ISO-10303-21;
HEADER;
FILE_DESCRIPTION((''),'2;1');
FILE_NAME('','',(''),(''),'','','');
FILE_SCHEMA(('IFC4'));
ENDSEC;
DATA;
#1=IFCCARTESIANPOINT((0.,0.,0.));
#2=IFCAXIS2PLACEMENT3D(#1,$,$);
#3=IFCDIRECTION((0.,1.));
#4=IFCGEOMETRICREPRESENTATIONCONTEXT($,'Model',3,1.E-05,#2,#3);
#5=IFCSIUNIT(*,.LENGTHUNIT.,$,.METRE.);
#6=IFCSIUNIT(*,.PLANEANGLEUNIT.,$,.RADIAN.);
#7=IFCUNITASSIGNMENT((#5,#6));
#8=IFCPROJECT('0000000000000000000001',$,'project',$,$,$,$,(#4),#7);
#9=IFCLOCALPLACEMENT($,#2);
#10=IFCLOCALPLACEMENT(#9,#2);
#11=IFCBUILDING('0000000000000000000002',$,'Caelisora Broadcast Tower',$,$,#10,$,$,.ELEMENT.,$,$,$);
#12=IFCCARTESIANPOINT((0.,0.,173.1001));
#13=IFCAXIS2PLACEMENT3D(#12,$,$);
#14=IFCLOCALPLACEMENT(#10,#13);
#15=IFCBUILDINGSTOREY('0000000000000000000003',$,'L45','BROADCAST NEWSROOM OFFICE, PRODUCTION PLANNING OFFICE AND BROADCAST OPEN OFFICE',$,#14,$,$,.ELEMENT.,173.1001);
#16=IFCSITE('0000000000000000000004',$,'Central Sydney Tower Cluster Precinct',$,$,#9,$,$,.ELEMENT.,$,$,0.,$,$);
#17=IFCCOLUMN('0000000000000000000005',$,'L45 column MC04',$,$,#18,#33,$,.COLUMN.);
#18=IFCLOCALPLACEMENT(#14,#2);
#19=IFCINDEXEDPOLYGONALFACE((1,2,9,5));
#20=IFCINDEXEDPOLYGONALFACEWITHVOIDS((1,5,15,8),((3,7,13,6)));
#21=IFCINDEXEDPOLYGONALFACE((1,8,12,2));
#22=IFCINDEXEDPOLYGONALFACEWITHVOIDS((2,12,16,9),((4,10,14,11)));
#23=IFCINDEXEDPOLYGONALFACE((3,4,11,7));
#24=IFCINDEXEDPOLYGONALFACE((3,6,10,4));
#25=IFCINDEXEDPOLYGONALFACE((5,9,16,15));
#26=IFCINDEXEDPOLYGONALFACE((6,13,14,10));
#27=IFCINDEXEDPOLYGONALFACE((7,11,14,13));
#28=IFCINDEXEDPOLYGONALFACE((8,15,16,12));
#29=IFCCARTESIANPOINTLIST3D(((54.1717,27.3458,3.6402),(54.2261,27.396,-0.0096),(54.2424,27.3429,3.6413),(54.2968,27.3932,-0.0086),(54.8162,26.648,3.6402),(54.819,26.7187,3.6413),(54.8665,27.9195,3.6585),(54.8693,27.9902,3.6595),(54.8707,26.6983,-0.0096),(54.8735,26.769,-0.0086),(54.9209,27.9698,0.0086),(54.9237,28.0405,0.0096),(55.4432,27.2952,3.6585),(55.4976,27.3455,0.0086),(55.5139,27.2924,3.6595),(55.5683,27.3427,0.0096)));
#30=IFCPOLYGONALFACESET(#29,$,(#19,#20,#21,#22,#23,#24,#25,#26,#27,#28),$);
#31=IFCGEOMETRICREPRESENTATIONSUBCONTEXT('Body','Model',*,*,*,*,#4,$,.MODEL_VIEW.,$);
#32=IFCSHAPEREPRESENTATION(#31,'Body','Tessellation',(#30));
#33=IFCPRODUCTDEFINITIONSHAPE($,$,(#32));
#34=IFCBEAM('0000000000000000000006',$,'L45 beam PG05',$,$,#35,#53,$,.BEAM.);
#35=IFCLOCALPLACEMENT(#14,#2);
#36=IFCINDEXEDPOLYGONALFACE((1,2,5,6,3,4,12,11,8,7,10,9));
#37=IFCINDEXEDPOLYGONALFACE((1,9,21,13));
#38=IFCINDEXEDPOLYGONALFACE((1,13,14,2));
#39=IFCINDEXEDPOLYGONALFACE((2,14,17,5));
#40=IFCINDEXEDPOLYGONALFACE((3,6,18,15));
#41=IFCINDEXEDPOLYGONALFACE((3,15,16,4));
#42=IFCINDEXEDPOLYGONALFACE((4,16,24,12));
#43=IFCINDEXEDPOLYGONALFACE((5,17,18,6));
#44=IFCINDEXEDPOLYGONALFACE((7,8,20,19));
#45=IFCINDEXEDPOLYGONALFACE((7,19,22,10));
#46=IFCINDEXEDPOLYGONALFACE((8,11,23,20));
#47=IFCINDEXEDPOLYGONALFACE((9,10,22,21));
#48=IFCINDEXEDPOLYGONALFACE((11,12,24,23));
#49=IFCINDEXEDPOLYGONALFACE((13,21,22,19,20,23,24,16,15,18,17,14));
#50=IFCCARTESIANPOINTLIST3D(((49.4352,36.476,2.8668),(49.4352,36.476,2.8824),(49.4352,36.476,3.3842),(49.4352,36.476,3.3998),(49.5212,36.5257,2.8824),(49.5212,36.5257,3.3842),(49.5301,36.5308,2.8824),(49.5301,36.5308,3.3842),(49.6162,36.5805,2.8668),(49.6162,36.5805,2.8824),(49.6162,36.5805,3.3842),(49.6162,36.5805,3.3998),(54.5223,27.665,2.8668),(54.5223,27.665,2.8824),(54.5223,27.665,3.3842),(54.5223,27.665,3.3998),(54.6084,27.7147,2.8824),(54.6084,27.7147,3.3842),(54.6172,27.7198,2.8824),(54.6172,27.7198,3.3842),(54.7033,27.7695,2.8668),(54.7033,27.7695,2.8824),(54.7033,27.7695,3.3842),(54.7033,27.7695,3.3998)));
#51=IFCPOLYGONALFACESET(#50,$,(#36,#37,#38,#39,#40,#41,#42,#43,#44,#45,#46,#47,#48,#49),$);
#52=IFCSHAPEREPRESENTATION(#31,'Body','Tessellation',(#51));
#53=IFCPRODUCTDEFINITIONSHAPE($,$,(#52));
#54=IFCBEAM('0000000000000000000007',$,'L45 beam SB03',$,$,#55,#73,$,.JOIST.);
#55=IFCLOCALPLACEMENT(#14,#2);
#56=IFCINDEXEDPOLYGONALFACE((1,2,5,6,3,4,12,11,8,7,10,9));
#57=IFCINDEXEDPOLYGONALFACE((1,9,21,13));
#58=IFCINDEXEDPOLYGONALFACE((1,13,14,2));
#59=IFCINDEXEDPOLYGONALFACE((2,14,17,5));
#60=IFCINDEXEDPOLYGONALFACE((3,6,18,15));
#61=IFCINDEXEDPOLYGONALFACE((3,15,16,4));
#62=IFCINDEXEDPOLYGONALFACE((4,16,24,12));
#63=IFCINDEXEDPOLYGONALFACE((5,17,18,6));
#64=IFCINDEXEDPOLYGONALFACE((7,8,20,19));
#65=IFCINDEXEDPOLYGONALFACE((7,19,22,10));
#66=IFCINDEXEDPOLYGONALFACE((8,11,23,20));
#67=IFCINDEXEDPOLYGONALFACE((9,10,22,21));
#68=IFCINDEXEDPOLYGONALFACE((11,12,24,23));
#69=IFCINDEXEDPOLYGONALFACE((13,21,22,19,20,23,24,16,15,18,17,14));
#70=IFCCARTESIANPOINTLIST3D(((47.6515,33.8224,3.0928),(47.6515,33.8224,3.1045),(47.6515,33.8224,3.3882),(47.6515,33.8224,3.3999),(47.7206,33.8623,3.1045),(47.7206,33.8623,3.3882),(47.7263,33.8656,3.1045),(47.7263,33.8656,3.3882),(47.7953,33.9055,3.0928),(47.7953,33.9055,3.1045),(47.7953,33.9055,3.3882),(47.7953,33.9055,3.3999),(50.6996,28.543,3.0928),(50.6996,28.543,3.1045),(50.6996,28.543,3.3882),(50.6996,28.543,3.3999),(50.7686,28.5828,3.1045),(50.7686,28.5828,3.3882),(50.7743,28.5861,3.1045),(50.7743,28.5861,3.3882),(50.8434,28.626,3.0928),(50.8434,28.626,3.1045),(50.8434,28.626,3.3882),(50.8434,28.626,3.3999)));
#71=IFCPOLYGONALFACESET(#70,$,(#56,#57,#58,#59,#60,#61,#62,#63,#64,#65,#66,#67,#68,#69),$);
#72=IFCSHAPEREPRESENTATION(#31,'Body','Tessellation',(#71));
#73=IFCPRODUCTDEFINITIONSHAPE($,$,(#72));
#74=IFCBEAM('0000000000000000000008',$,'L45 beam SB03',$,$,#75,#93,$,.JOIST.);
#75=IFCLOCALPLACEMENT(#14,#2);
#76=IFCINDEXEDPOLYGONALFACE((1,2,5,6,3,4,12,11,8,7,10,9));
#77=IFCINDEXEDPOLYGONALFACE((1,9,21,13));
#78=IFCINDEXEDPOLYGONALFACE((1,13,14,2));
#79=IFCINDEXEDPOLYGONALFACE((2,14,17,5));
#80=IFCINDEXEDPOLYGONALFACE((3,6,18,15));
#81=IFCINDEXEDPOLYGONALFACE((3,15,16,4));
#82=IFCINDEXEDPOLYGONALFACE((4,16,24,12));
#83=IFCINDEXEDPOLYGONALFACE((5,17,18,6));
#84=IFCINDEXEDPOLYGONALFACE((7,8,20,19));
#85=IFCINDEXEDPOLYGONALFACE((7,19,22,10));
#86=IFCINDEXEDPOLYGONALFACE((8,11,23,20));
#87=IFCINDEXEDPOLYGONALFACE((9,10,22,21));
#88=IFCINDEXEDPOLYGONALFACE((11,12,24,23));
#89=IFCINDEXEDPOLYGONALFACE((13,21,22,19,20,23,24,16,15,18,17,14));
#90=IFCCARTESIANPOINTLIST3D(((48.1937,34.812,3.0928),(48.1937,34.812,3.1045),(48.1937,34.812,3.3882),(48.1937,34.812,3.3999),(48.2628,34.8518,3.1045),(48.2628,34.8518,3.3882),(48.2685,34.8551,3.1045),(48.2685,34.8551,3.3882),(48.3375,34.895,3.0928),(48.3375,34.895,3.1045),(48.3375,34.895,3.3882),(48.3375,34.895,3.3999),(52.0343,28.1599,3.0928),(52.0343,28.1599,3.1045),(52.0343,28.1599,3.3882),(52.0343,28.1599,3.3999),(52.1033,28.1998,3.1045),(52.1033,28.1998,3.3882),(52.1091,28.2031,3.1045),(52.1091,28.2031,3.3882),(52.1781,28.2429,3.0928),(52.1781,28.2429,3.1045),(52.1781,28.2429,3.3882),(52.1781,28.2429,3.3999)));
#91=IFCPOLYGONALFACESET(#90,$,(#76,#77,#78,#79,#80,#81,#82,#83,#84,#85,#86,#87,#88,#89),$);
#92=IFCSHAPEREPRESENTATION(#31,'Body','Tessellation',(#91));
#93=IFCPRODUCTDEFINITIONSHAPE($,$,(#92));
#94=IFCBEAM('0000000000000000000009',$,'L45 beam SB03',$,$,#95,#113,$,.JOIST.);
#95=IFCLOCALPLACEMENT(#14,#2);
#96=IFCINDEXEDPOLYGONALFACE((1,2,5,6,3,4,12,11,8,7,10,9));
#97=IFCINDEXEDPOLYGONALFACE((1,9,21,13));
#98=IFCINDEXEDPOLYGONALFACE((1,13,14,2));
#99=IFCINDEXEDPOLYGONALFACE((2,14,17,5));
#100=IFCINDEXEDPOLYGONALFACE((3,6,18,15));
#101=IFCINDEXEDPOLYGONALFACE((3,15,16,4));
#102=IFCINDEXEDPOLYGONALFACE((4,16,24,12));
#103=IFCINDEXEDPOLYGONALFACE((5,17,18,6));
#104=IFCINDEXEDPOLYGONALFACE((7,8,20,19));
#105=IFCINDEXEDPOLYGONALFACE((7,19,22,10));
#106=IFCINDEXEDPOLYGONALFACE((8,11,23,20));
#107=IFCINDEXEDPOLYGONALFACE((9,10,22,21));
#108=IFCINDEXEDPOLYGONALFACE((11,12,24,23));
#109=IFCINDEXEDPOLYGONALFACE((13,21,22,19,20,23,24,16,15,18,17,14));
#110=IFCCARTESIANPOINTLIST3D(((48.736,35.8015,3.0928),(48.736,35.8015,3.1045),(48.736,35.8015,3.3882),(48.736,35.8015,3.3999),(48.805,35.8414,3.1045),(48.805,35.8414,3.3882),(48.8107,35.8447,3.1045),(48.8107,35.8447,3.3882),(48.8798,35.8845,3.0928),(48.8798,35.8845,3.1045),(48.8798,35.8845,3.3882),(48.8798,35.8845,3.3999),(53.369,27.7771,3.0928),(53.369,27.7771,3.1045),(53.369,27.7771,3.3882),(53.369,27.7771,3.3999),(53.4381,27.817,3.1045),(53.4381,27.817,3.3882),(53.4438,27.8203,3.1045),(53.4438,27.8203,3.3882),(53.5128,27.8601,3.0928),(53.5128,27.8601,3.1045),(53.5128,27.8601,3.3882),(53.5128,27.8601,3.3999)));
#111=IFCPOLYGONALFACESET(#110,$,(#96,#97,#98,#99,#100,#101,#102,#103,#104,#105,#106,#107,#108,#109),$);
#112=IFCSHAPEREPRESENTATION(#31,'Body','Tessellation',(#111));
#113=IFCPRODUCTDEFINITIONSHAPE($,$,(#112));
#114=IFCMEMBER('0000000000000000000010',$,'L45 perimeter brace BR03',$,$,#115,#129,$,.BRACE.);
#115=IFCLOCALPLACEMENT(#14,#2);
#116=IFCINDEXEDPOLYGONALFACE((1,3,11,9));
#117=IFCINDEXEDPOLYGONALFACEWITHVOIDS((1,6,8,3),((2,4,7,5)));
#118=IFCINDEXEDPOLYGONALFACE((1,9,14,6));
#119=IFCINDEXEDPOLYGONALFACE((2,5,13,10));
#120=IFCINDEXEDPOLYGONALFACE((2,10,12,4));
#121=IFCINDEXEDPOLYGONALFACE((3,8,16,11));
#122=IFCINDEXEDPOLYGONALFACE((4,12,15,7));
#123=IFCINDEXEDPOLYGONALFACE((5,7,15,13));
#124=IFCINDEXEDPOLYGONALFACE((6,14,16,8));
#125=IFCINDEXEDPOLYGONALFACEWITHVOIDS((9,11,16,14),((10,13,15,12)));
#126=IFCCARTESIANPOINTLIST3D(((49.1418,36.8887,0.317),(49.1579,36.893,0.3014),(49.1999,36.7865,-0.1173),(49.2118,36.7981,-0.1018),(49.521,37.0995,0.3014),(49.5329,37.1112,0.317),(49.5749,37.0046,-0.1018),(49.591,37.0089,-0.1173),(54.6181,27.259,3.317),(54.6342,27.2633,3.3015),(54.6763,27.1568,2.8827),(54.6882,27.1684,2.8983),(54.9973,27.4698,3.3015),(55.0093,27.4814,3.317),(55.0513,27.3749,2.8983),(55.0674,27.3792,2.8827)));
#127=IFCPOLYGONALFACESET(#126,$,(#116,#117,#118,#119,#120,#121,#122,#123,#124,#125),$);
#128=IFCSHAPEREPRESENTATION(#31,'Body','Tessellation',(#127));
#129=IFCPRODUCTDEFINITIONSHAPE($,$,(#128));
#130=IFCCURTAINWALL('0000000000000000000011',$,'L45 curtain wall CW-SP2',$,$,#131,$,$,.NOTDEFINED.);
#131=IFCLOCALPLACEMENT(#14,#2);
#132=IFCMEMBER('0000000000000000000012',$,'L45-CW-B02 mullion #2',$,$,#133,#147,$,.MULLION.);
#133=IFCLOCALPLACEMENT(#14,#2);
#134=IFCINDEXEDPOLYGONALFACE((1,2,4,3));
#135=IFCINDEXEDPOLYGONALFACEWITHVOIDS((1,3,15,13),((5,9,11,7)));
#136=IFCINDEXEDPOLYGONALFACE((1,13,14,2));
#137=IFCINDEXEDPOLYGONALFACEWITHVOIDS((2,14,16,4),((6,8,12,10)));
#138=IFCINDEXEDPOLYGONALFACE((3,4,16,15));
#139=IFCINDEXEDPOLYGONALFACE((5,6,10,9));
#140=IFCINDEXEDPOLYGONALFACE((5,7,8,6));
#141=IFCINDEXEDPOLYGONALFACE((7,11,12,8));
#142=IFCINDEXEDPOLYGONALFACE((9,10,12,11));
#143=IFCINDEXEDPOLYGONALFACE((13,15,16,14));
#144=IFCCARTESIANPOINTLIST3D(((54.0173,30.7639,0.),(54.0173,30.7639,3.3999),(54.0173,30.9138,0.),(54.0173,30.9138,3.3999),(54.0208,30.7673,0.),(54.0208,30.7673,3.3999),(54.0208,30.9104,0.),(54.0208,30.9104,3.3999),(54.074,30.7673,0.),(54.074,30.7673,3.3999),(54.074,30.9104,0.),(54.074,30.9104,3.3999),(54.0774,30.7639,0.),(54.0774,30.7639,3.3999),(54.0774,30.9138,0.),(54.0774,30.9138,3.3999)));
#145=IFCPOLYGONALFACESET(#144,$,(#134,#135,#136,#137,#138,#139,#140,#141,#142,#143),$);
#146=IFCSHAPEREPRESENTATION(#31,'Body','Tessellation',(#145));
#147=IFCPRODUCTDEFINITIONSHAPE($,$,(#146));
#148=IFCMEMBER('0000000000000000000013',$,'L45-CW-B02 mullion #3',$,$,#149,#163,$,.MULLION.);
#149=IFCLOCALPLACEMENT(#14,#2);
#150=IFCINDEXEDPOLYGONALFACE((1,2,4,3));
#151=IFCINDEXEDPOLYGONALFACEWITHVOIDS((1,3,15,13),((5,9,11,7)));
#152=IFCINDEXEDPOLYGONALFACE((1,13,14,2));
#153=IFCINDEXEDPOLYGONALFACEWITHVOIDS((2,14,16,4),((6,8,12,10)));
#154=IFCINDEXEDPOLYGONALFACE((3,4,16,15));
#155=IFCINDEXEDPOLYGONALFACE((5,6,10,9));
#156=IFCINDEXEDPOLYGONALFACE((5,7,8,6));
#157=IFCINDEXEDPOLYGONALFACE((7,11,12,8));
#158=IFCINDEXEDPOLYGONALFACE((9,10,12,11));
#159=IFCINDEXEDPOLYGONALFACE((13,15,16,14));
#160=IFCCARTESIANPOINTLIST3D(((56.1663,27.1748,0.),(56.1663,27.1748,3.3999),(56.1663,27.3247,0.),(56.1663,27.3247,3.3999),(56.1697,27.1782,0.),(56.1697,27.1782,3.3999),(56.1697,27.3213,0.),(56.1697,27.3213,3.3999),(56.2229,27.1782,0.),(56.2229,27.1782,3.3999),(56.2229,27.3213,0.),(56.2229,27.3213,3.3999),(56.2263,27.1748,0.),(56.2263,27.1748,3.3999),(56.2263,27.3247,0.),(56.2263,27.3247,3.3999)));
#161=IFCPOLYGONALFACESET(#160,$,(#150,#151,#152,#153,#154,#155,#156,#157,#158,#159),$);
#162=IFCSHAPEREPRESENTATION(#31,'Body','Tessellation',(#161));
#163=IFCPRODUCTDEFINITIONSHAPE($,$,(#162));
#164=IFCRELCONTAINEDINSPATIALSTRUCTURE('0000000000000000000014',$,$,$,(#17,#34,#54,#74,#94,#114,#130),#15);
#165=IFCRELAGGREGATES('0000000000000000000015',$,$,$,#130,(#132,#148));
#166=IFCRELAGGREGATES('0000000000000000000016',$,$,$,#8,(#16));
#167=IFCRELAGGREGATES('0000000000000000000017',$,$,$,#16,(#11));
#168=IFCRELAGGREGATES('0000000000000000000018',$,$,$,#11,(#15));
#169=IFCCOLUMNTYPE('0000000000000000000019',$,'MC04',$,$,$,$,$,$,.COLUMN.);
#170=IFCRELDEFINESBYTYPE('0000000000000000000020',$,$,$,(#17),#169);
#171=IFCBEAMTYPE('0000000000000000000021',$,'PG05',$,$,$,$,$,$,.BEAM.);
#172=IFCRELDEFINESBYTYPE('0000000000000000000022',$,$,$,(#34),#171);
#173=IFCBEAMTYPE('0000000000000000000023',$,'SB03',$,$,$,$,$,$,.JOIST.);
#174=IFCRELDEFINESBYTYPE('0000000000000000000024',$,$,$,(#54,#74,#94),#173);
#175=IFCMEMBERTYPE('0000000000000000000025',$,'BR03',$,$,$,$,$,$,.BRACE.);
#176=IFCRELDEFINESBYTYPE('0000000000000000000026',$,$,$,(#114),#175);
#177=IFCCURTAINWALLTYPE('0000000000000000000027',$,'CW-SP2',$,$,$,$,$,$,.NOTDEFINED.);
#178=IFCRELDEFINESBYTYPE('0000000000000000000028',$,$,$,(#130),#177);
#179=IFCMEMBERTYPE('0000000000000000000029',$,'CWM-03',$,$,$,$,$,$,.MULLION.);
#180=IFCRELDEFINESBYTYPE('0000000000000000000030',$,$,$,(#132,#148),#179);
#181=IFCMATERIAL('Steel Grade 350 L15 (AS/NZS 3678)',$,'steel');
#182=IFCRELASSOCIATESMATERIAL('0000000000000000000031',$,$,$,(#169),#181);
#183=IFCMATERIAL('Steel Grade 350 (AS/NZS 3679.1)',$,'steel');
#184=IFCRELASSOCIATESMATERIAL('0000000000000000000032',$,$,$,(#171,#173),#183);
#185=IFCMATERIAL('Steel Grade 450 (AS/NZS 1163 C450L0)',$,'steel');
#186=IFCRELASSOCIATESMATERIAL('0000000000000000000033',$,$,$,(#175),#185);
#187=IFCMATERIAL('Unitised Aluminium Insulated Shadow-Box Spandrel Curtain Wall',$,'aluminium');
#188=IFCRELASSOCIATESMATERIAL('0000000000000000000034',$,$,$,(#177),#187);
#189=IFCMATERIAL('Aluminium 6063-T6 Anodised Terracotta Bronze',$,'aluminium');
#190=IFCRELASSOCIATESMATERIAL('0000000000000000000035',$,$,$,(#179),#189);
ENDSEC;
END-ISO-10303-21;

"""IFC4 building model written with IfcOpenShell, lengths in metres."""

from ifc_helpers import new_model, si_unit, direction, frame, origin, origin_2d, place, context, subcontext, project, spatial, hollow_rectangle, i_section, extrude, source, transform, mapped, material, material_profile, profile_set, type_object, type_shapes, element, aggregate, save


model = new_model("IFC4")

# Units and contexts
model_context = context("Model", 3, precision=1e-05, world=origin(), true_north=direction((0.0, 1.0)))
body_context = subcontext(model_context, "Body", "Model", "MODEL_VIEW")
ifc_project = project(units=[si_unit("LENGTHUNIT", "METRE"), si_unit("PLANEANGLEUNIT", "RADIAN")], contexts=[model_context])

# Site, building, storey
site_placement = place(None, origin())
site = spatial("IfcSite", under=ifc_project, at=site_placement, Name="Central Sydney Tower Cluster Precinct", CompositionType="ELEMENT", RefElevation=0.0)
building_placement = place(site_placement, origin())
building = spatial("IfcBuilding", under=site, at=building_placement, Name="Caelisora Broadcast Tower", CompositionType="ELEMENT")
storey_placement = place(building_placement, frame((0.0, 0.0, 173.1001)))
storey = spatial("IfcBuildingStorey", under=building, at=storey_placement, Name="L45", Description="BROADCAST NEWSROOM OFFICE, PRODUCTION PLANNING OFFICE AND BROADCAST OPEN OFFICE", CompositionType="ELEMENT", Elevation=173.1001)

# Column
ifc_material_1 = material(Name="Steel Grade 350 L15 (AS/NZS 3678)", Category="steel")
ifc_material_profile_1 = material_profile(ifc_material_1, hollow_rectangle(XDim=0.95, YDim=0.95, WallThickness=0.05, at=origin_2d()), Name="Steel Grade 350 L15 (AS/NZS 3678)")
ifc_profile_set_1 = profile_set([ifc_material_profile_1], Name="Steel Grade 350 L15 (AS/NZS 3678)")
column_type = type_object("IfcColumnType", Name="MC04", PredefinedType="COLUMN", material=ifc_profile_set_1)
shared_shape_1 = source(origin(), body_context, "Body", "SweptSolid", [
    extrude(hollow_rectangle(XDim=0.95, YDim=0.95, WallThickness=0.05, at=origin_2d()), origin(), (0.0, 0.0, 1.0), 3.6506),
])
type_shapes(column_type, [shared_shape_1])
column_placement = place(storey_placement, frame((54.8972, 27.3694, 0.0), z_axis=(-0.014913, -0.013776, 0.999794), x_axis=(0.678554, -0.734551, 0.0)))
element("IfcColumn", 1, at=column_placement, inside=storey, type_object=column_type, Name="L45 column MC04", PredefinedType="COLUMN", context=body_context, shape_type="MappedRepresentation", body=[
    mapped(shared_shape_1, transform((0.0, 0.0, 0.0), scale=1.0)),
])

# Beams
ifc_material_2 = material(Name="Steel Grade 350 (AS/NZS 3679.1)", Category="steel")
ifc_material_profile_2 = material_profile(ifc_material_2, i_section(OverallWidth=0.209, OverallDepth=0.533, WebThickness=0.0103, FlangeThickness=0.0156, at=origin_2d()), Name="Steel Grade 350 (AS/NZS 3679.1)")
ifc_profile_set_2 = profile_set([ifc_material_profile_2], Name="Steel Grade 350 (AS/NZS 3679.1)")
beam_type_1 = type_object("IfcBeamType", Name="PG05", PredefinedType="BEAM", material=ifc_profile_set_2)
shared_shape_2 = source(origin(), body_context, "Body", "SweptSolid", [
    extrude(i_section(OverallWidth=0.209, OverallDepth=0.533, WebThickness=0.0103, FlangeThickness=0.0156, at=origin_2d()), origin(), (0.0, 0.0, 1.0), 10.1741),
])
type_shapes(beam_type_1, [shared_shape_2])
beam_1_placement = place(storey_placement, frame((54.6128, 27.7173, 3.1333), z_axis=(-0.500008, 0.866021, 0.0), x_axis=(-0.866021, -0.500008, 0.0)))
element("IfcBeam", 2, at=beam_1_placement, inside=storey, type_object=beam_type_1, Name="L45 beam PG05", PredefinedType="BEAM", context=body_context, shape_type="MappedRepresentation", body=[
    mapped(shared_shape_2, transform((0.0, 0.0, 0.0), scale=1.0)),
])
ifc_material_profile_3 = material_profile(ifc_material_2, i_section(OverallWidth=0.166, OverallDepth=0.3071, WebThickness=0.0066, FlangeThickness=0.0117, at=origin_2d()), Name="Steel Grade 350 (AS/NZS 3679.1)")
ifc_profile_set_3 = profile_set([ifc_material_profile_3], Name="Steel Grade 350 (AS/NZS 3679.1)")
beam_type_2 = type_object("IfcBeamType", Name="SB03", PredefinedType="JOIST", material=ifc_profile_set_3)
shared_shape_3 = source(origin(), body_context, "Body", "SweptSolid", [
    extrude(i_section(OverallWidth=0.166, OverallDepth=0.3071, WebThickness=0.0066, FlangeThickness=0.0117, at=origin_2d()), origin(), (0.0, 0.0, 1.0), 6.0962),
])
beam_2_placement = place(storey_placement, frame((50.7715, 28.5845, 3.2463), z_axis=(-0.499994, 0.866029, 0.0), x_axis=(-0.866029, -0.499994, 0.0)))
element("IfcBeam", 3, at=beam_2_placement, inside=storey, type_object=beam_type_2, Name="L45 beam SB03", PredefinedType="JOIST", context=body_context, shape_type="MappedRepresentation", body=[
    mapped(shared_shape_3, transform((0.0, 0.0, 0.0), scale=1.0)),
])
shared_shape_4 = source(origin(), body_context, "Body", "SweptSolid", [
    extrude(i_section(OverallWidth=0.166, OverallDepth=0.3071, WebThickness=0.0066, FlangeThickness=0.0117, at=origin_2d()), origin(), (0.0, 0.0, 1.0), 7.6812),
])
beam_3_placement = place(storey_placement, frame((52.1062, 28.2014, 3.2463), z_axis=(-0.499999, 0.866026, 0.0), x_axis=(-0.866026, -0.499999, 0.0)))
element("IfcBeam", 4, at=beam_3_placement, inside=storey, type_object=beam_type_2, Name="L45 beam SB03", PredefinedType="JOIST", context=body_context, shape_type="MappedRepresentation", body=[
    mapped(shared_shape_4, transform((0.0, 0.0, 0.0), scale=1.0)),
])
shared_shape_5 = source(origin(), body_context, "Body", "SweptSolid", [
    extrude(i_section(OverallWidth=0.166, OverallDepth=0.3071, WebThickness=0.0066, FlangeThickness=0.0117, at=origin_2d()), origin(), (0.0, 0.0, 1.0), 9.2659),
])
type_shapes(beam_type_2, [shared_shape_3, shared_shape_4, shared_shape_5])
beam_4_placement = place(storey_placement, frame((53.4409, 27.8186, 3.2463), z_axis=(-0.500013, 0.866018, 0.0), x_axis=(-0.866018, -0.500013, 0.0)))
element("IfcBeam", 5, at=beam_4_placement, inside=storey, type_object=beam_type_2, Name="L45 beam SB03", PredefinedType="JOIST", context=body_context, shape_type="MappedRepresentation", body=[
    mapped(shared_shape_5, transform((0.0, 0.0, 0.0), scale=1.0)),
])

# Member
ifc_material_3 = material(Name="Steel Grade 450 (AS/NZS 1163 C450L0)", Category="steel")
ifc_material_profile_4 = material_profile(ifc_material_3, hollow_rectangle(XDim=0.45, YDim=0.45, WallThickness=0.0161, at=origin_2d()), Name="Steel Grade 450 (AS/NZS 1163 C450L0)")
ifc_profile_set_4 = profile_set([ifc_material_profile_4], Name="Steel Grade 450 (AS/NZS 1163 C450L0)")
member_type_1 = type_object("IfcMemberType", Name="BR03", PredefinedType="BRACE", material=ifc_profile_set_4)
shared_shape_6 = source(origin(), body_context, "Body", "SweptSolid", [
    extrude(hollow_rectangle(XDim=0.45, YDim=0.45, WallThickness=0.0161, at=origin_2d()), origin(), (0.0, 0.0, 1.0), 11.4771),
])
type_shapes(member_type_1, [shared_shape_6])
member_1_placement = place(storey_placement, frame((54.8428, 27.3191, 3.0999), z_axis=(-0.477159, 0.839043, -0.261394), x_axis=(-0.869265, -0.494346, 0.0)))
element("IfcMember", 6, at=member_1_placement, inside=storey, type_object=member_type_1, Name="L45 perimeter brace BR03", PredefinedType="BRACE", context=body_context, shape_type="MappedRepresentation", body=[
    mapped(shared_shape_6, transform((0.0, 0.0, 0.0), scale=1.0)),
])

# Curtain wall, members
ifc_material_4 = material(Name="Unitised Aluminium Insulated Shadow-Box Spandrel Curtain Wall", Category="aluminium")
curtain_wall_type_1 = type_object("IfcCurtainWallType", Name="CW-SP2", PredefinedType="NOTDEFINED", material=ifc_material_4)
curtain_wall_1_placement = place(storey_placement, origin())
curtain_wall_1 = element("IfcCurtainWall", 7, at=curtain_wall_1_placement, inside=storey, type_object=curtain_wall_type_1, Name="L45 curtain wall CW-SP2", PredefinedType="NOTDEFINED")
ifc_material_5 = material(Name="Aluminium 6063-T6 Anodised Terracotta Bronze", Category="aluminium")
ifc_material_profile_5 = material_profile(ifc_material_5, hollow_rectangle(XDim=0.0601, YDim=0.1499, WallThickness=0.0034, at=origin_2d()), Name="Aluminium 6063-T6 Anodised Terracotta Bronze")
ifc_profile_set_5 = profile_set([ifc_material_profile_5], Name="Aluminium 6063-T6 Anodised Terracotta Bronze")
member_type_2 = type_object("IfcMemberType", Name="CWM-03", PredefinedType="MULLION", material=ifc_profile_set_5)
shared_shape_7 = source(origin(), body_context, "Body", "SweptSolid", [
    extrude(hollow_rectangle(XDim=0.0601, YDim=0.1499, WallThickness=0.0034, at=origin_2d()), origin(), (0.0, 0.0, 1.0), 3.3999),
])
type_shapes(member_type_2, [shared_shape_7])
member_2_placement = place(storey_placement, frame((54.0474, 30.8389, 0.0), z_axis=(0.0, 0.0, 1.0), x_axis=(1.0, 0.0, 0.0)))
member_2 = element("IfcMember", 8, at=member_2_placement, type_object=member_type_2, Name="L45-CW-B02 mullion #2", PredefinedType="MULLION", context=body_context, shape_type="MappedRepresentation", body=[
    mapped(shared_shape_7, transform((0.0, 0.0, 0.0), scale=1.0)),
])
member_3_placement = place(storey_placement, frame((56.1963, 27.2498, 0.0), z_axis=(0.0, 0.0, 1.0), x_axis=(1.0, 0.0, 0.0)))
member_3 = element("IfcMember", 9, at=member_3_placement, type_object=member_type_2, Name="L45-CW-B02 mullion #3", PredefinedType="MULLION", context=body_context, shape_type="MappedRepresentation", body=[
    mapped(shared_shape_7, transform((0.0, 0.0, 0.0), scale=1.0)),
])

aggregate(curtain_wall_1, [member_2, member_3])

save(model, "model.ifc")
